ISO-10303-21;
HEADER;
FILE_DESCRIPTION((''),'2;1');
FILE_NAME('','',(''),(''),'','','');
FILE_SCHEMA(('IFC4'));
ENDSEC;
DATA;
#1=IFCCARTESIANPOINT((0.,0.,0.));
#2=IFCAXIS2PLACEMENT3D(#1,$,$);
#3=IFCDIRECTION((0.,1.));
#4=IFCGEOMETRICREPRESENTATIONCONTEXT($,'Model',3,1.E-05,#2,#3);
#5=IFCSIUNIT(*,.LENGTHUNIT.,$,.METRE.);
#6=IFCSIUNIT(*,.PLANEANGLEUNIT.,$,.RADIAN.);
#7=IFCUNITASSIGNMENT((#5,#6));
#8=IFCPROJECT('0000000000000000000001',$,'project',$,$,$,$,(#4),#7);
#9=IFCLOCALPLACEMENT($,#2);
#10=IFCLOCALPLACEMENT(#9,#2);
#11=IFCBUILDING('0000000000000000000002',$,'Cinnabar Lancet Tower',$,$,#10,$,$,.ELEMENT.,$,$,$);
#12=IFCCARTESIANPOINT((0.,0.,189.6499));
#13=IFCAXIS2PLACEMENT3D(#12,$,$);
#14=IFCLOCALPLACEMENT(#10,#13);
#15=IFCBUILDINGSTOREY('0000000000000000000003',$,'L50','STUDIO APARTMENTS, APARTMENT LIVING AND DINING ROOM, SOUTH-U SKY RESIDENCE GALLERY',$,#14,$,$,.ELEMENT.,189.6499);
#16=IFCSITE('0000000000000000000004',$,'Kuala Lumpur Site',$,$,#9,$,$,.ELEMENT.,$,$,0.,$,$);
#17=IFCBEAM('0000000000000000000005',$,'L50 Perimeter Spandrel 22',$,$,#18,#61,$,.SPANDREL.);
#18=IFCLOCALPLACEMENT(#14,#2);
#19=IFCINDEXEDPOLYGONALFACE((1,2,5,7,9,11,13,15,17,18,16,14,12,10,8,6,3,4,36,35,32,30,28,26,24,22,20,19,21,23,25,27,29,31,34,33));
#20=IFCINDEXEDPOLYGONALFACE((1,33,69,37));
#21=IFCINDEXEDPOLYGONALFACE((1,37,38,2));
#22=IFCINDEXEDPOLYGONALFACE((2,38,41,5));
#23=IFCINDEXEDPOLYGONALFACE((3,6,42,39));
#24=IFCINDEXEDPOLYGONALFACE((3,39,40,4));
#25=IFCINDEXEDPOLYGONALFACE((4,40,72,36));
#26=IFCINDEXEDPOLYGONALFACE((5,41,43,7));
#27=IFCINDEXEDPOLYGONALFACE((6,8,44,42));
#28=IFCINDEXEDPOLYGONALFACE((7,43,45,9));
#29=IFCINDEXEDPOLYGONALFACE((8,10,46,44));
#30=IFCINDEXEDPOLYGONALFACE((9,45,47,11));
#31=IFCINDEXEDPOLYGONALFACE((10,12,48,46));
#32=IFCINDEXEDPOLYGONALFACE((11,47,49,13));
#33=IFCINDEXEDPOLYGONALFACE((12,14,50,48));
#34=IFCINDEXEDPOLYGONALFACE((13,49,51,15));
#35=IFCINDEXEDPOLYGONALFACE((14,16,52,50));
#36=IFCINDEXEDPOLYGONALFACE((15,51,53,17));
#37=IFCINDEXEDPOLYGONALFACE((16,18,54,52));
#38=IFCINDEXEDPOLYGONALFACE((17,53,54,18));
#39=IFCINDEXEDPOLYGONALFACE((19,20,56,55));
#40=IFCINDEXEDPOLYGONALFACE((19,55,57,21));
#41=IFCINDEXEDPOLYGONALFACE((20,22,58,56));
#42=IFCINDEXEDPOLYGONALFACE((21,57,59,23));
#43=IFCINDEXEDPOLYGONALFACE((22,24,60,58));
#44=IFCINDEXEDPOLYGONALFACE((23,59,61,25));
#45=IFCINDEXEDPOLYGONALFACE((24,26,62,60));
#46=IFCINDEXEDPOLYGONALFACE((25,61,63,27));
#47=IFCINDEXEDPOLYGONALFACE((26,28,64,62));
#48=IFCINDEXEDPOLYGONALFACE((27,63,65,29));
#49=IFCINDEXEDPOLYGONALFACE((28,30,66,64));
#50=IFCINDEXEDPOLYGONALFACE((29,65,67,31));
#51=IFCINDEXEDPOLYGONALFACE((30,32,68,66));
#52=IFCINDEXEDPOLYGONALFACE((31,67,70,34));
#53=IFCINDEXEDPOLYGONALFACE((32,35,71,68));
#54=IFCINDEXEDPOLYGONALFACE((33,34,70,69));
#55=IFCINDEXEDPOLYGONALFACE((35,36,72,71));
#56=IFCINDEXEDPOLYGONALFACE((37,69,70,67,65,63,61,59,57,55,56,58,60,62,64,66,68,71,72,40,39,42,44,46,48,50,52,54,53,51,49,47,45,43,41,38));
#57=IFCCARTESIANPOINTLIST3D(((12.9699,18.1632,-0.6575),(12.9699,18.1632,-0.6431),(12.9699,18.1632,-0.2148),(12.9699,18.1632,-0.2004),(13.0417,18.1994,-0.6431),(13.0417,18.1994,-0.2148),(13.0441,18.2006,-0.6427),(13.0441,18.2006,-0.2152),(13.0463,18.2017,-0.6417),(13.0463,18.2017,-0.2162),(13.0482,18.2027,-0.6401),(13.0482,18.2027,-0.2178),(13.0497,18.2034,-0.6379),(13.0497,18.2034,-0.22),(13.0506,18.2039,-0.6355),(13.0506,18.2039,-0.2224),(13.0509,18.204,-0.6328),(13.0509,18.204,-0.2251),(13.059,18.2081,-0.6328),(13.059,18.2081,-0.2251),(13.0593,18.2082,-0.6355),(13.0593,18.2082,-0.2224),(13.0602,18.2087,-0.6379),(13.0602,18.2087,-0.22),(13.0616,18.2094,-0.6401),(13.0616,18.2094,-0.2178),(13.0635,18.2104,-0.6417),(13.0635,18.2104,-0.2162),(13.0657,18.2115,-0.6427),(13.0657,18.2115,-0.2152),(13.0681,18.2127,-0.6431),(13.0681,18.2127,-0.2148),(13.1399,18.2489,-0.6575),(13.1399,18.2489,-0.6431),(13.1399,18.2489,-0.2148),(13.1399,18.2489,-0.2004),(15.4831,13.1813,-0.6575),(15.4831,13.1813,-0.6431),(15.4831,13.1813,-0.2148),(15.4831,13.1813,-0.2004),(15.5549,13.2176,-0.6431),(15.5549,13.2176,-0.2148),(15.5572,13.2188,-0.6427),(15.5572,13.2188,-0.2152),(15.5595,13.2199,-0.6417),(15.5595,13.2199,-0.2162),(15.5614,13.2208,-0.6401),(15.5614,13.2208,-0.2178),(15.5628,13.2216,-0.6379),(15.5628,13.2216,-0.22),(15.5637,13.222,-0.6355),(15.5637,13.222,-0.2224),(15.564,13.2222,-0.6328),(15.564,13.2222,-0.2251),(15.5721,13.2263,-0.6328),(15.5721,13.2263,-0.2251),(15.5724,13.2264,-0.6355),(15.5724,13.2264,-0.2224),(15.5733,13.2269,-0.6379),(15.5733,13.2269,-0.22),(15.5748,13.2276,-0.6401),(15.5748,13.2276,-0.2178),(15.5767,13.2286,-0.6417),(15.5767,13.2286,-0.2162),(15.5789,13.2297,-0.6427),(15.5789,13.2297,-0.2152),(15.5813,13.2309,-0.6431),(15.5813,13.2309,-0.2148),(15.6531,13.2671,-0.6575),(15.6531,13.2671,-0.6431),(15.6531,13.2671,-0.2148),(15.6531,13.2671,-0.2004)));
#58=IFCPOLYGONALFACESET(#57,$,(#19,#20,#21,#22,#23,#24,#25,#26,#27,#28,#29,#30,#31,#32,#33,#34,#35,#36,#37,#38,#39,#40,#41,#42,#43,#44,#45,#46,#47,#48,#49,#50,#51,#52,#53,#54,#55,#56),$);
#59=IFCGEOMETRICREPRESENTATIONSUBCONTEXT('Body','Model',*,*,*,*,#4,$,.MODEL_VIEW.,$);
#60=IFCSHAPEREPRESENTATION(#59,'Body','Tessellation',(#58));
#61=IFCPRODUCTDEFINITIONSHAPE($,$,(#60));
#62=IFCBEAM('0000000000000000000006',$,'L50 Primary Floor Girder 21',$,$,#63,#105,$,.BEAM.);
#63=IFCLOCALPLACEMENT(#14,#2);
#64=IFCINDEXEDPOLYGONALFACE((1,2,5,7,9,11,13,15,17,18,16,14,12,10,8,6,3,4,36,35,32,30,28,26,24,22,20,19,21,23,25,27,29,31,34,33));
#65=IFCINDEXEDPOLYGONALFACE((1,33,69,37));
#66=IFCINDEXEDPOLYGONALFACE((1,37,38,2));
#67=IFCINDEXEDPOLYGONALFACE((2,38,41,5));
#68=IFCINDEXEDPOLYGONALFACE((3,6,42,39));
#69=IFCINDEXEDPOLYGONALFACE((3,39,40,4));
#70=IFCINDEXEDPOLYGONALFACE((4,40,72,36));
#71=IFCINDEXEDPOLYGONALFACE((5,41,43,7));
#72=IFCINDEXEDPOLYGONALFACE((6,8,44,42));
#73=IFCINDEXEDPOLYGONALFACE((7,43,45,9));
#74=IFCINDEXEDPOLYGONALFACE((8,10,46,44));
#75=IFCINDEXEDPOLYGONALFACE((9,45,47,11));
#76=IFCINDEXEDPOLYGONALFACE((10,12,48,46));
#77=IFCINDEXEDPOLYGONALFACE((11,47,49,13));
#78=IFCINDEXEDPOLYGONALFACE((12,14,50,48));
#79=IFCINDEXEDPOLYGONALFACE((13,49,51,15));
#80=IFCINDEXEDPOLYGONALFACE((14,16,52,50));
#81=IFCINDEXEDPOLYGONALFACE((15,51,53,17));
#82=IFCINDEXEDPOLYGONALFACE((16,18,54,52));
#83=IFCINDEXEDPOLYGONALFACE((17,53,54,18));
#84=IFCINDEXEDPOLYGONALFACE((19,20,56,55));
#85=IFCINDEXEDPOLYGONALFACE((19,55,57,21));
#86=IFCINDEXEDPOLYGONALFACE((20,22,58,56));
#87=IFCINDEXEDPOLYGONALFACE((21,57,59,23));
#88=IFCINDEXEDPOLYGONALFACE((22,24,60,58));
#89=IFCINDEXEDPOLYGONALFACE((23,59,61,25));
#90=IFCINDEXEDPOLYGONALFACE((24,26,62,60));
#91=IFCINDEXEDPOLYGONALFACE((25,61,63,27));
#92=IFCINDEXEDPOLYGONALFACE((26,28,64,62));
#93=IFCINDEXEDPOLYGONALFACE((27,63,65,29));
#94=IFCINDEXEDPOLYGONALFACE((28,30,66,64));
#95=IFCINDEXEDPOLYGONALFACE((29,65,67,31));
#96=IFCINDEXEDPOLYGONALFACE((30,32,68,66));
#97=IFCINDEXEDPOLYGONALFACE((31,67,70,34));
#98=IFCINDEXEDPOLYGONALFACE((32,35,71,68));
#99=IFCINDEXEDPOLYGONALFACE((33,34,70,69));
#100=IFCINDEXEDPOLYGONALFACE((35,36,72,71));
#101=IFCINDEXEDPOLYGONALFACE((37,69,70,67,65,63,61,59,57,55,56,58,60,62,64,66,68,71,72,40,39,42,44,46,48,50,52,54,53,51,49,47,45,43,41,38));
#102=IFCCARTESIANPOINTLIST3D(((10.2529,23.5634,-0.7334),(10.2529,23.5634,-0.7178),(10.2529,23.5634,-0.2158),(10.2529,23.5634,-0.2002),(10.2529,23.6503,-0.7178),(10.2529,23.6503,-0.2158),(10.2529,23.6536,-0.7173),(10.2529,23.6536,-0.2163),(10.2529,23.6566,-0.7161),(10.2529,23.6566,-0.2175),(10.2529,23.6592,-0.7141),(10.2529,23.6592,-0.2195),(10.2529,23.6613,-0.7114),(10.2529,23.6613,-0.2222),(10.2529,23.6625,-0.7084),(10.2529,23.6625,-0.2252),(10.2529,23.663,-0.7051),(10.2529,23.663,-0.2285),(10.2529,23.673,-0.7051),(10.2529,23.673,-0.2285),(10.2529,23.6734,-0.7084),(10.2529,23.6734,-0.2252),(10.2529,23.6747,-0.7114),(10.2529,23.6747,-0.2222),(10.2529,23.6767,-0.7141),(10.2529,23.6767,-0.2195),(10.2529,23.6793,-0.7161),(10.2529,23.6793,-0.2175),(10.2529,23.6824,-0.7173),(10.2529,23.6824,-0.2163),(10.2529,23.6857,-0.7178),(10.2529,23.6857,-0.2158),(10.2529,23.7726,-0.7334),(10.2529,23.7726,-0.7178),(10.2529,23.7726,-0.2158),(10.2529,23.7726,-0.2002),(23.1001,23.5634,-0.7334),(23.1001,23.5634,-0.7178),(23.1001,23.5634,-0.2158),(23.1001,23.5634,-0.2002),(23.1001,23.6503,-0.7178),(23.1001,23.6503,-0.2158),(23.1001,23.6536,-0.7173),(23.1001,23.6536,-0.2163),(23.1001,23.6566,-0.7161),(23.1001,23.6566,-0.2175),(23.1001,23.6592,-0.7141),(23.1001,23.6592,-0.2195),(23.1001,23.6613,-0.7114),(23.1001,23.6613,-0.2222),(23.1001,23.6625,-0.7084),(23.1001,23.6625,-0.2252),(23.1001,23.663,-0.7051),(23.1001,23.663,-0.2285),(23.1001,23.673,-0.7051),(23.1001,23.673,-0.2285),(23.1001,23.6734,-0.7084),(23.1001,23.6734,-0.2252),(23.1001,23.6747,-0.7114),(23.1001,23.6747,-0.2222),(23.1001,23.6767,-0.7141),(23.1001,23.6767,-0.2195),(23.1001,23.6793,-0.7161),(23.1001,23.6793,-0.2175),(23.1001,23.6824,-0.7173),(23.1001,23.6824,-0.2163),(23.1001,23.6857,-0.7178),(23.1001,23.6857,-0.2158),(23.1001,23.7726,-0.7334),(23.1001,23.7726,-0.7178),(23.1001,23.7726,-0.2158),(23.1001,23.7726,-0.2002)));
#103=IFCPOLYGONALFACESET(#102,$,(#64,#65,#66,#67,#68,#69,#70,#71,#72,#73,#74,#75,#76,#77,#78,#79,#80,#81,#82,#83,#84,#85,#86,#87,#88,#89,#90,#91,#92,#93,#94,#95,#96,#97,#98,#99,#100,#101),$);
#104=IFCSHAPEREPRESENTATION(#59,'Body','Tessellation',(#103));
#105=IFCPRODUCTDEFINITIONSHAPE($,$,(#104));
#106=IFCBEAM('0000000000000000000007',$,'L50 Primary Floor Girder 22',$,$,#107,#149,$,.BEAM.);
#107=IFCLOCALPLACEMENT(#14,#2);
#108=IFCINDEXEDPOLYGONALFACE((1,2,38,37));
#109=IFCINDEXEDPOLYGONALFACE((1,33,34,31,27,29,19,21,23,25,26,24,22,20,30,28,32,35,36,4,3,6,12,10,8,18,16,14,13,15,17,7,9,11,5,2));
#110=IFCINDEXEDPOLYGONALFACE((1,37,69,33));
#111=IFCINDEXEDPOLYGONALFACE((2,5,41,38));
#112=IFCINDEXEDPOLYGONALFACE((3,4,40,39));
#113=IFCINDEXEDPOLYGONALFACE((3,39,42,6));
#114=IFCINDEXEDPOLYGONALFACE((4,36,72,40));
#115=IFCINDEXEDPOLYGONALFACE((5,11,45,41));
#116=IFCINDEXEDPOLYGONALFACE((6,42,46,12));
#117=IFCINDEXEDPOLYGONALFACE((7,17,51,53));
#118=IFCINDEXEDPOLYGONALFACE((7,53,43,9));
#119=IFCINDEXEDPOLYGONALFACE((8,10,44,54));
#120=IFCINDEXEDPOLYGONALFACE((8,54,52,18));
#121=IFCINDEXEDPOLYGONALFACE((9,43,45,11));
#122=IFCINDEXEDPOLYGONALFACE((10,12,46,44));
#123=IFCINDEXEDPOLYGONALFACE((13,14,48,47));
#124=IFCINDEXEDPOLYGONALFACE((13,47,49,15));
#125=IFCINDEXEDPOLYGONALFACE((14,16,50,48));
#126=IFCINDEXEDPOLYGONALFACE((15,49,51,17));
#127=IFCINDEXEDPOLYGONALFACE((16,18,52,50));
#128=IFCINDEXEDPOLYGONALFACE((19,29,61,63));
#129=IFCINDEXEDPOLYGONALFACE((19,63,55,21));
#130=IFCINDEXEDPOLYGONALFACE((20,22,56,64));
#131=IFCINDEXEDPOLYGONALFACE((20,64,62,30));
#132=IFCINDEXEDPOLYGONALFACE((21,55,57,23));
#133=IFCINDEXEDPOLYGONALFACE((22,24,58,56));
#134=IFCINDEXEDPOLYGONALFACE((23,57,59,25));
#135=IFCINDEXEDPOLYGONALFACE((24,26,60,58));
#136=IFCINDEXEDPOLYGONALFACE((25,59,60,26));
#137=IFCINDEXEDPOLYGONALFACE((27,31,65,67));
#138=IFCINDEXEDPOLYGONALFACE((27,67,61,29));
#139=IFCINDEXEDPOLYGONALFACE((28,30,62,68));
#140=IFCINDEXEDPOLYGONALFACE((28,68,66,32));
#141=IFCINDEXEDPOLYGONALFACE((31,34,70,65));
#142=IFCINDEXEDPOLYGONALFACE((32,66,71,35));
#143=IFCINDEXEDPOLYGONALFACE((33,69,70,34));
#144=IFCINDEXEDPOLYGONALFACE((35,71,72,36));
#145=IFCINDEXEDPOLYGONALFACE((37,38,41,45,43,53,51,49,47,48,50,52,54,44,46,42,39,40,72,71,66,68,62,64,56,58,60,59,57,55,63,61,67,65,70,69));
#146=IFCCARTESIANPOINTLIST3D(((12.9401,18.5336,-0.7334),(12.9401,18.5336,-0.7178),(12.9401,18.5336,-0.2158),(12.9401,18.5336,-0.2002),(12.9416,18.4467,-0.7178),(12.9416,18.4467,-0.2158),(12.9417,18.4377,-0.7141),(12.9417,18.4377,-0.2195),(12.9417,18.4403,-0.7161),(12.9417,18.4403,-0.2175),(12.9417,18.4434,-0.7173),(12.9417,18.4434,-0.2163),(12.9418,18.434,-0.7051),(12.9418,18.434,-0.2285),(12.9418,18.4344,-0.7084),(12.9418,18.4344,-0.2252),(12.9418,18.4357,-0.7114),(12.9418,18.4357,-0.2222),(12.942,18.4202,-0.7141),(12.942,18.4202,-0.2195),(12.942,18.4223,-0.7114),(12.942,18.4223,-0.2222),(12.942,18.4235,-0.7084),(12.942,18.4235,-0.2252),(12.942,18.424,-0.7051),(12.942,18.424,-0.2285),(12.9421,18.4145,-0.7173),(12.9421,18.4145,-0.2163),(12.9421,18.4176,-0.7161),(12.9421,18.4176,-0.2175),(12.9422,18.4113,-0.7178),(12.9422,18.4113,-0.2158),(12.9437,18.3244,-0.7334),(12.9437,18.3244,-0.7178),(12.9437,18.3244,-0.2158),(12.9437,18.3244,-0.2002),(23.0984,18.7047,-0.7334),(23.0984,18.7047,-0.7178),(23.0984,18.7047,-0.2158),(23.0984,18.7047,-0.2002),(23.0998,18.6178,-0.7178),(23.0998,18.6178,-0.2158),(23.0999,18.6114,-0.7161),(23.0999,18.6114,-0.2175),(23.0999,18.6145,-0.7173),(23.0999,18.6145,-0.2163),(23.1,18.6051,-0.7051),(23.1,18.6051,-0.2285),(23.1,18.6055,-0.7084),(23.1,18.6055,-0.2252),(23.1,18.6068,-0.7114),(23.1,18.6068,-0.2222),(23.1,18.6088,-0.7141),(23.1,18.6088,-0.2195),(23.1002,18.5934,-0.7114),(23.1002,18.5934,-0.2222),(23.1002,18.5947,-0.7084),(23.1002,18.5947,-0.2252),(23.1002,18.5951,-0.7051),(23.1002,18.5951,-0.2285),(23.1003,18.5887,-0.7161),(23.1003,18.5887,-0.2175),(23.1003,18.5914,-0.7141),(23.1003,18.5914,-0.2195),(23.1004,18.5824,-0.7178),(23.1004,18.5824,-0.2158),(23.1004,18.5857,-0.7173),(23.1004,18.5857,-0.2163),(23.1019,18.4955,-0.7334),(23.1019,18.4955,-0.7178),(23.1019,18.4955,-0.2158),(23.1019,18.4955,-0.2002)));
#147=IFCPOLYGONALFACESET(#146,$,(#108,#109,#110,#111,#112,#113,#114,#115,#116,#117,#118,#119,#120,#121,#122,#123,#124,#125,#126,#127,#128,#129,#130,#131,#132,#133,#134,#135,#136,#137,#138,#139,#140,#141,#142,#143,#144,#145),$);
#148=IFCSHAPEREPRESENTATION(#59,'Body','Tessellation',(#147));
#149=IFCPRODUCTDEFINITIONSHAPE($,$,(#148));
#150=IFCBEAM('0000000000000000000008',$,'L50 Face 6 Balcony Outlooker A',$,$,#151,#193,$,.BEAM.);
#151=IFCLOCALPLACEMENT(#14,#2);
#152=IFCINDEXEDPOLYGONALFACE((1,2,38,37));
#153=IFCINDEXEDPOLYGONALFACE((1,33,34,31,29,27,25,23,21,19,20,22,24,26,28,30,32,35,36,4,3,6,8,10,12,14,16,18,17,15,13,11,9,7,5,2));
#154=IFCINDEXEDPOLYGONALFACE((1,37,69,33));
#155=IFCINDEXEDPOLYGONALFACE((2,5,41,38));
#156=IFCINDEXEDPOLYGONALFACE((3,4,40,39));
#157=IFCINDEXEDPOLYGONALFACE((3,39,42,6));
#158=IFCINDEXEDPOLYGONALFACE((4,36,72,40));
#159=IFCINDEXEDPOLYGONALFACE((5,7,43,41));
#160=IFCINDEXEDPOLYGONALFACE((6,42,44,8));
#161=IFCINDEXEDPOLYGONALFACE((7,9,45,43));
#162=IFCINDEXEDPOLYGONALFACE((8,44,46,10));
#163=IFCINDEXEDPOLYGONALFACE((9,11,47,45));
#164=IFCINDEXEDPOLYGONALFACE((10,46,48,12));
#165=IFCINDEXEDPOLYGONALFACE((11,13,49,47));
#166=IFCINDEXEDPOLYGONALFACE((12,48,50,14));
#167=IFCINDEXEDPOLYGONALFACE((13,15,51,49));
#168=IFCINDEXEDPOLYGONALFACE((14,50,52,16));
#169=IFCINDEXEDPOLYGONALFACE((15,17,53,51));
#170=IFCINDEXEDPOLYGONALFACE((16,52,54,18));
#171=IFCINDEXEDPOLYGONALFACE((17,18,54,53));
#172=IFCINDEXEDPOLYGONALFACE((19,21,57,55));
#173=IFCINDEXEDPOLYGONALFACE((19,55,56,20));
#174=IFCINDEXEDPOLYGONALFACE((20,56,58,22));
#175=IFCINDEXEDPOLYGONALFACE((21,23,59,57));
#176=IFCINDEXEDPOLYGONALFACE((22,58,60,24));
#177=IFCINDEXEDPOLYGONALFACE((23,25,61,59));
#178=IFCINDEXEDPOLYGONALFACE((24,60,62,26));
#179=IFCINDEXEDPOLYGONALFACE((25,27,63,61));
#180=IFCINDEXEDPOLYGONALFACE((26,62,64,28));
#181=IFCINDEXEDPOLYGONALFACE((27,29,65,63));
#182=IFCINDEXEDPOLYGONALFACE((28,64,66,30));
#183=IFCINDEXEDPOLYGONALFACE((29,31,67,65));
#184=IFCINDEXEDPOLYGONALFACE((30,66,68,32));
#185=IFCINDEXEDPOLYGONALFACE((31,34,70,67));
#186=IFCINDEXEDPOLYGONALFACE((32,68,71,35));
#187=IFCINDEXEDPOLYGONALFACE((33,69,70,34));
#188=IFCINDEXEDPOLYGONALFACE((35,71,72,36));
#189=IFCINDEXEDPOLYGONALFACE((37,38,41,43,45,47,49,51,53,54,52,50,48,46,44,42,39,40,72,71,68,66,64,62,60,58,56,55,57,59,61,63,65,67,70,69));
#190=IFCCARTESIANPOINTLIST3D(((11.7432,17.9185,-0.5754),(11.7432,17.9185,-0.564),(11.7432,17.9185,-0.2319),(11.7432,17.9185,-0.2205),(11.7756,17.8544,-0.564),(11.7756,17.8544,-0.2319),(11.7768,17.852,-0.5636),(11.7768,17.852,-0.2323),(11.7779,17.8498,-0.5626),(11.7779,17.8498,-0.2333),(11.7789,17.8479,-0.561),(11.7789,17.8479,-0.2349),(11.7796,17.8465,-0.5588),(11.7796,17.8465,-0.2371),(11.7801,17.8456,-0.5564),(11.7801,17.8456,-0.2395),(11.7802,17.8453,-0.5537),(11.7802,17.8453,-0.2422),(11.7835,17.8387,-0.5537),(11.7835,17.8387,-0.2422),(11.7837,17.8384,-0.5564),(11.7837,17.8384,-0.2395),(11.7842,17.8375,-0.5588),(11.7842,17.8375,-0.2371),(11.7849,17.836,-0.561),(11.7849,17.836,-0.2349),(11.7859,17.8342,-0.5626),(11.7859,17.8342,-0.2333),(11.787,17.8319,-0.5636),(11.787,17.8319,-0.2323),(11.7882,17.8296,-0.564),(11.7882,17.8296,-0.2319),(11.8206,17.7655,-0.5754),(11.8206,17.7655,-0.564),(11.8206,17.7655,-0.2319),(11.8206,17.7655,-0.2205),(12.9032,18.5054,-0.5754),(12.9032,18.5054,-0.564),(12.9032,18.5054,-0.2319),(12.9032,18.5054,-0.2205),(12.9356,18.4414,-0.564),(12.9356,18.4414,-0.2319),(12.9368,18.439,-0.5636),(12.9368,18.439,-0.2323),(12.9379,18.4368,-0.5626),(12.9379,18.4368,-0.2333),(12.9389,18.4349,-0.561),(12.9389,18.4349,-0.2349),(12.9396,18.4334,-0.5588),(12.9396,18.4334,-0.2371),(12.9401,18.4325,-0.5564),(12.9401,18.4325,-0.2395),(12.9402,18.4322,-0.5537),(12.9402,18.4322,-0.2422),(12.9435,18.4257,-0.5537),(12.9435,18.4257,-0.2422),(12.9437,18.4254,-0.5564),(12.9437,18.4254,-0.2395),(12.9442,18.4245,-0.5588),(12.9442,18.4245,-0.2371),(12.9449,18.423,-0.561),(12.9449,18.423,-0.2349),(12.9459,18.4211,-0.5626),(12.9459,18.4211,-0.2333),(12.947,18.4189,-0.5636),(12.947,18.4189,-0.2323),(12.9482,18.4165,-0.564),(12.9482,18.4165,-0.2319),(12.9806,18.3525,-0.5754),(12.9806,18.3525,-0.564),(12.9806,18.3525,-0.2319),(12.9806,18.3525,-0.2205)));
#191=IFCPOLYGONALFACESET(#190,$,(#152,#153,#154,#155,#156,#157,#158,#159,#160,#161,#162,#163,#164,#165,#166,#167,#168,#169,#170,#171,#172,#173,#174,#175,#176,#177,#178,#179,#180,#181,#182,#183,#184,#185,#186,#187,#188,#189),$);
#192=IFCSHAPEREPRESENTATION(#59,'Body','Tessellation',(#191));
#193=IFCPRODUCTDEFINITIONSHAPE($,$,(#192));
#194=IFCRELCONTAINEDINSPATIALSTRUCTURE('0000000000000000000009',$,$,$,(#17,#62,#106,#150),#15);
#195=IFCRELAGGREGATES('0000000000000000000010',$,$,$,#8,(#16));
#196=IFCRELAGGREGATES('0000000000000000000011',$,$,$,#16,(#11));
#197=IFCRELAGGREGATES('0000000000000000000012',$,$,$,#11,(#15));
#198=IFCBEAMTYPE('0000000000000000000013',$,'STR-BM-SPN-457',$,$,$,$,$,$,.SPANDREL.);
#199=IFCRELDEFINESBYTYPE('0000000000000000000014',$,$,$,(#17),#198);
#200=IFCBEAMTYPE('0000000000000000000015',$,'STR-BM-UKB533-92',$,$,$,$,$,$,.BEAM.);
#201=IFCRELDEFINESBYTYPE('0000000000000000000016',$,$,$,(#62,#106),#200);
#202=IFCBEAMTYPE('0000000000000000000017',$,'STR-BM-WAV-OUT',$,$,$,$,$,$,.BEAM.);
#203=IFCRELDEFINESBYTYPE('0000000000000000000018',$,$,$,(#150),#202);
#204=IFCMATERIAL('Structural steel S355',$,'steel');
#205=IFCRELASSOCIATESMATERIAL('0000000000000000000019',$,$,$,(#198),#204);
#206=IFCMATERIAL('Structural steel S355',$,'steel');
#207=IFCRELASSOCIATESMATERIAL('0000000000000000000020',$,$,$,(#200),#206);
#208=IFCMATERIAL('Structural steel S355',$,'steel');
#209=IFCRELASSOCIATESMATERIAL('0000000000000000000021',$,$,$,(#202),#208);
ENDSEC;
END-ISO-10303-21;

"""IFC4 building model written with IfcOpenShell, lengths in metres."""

from ifc_helpers import new_model, si_unit, direction, frame, origin, origin_2d, place, context, subcontext, project, spatial, i_section, extrude, material, material_profile, profile_set, type_object, element, save


model = new_model("IFC4")

# Units and contexts
model_context = context("Model", 3, precision=1e-05, world=origin(), true_north=direction((0.0, 1.0)))
body_context = subcontext(model_context, "Body", "Model", "MODEL_VIEW")
ifc_project = project(units=[si_unit("LENGTHUNIT", "METRE"), si_unit("PLANEANGLEUNIT", "RADIAN")], contexts=[model_context])

# Site, building, storey
site_placement = place(None, origin())
site = spatial("IfcSite", under=ifc_project, at=site_placement, Name="Kuala Lumpur Site", CompositionType="ELEMENT", RefElevation=0.0)
building_placement = place(site_placement, origin())
building = spatial("IfcBuilding", under=site, at=building_placement, Name="Cinnabar Lancet Tower", CompositionType="ELEMENT")
storey_placement = place(building_placement, frame((0.0, 0.0, 189.6499)))
storey = spatial("IfcBuildingStorey", under=building, at=storey_placement, Name="L50", Description="STUDIO APARTMENTS, APARTMENT LIVING AND DINING ROOM, SOUTH-U SKY RESIDENCE GALLERY", CompositionType="ELEMENT", Elevation=189.6499)

# Beams
ifc_material_1 = material(Name="Structural steel S355", Category="steel")
ifc_material_profile_1 = material_profile(ifc_material_1, i_section(OverallWidth=0.1904, OverallDepth=0.457, WebThickness=0.009, FlangeThickness=0.0144, FilletRadius=0.0103, at=origin_2d()), Name="UKB 457x191x74")
ifc_profile_set_1 = profile_set([ifc_material_profile_1], Name="Structural steel S355")
beam_type_1 = type_object("IfcBeamType", Name="STR-BM-SPN-457", PredefinedType="SPANDREL", material=ifc_profile_set_1)
beam_1_placement = place(storey_placement, frame((13.0549, 18.2061, -0.429), z_axis=(0.450396, -0.892829, 0.0), x_axis=(0.892829, 0.450396, 0.0)))
element("IfcBeam", 1, at=beam_1_placement, inside=storey, type_object=beam_type_1, Name="L50 Perimeter Spandrel 22", PredefinedType="SPANDREL", context=body_context, shape_type="SweptSolid", body=[
    extrude(i_section(OverallWidth=0.1904, OverallDepth=0.457, WebThickness=0.009, FlangeThickness=0.0144, FilletRadius=0.0103, at=origin_2d()), origin(), (0.0, 0.0, 1.0), 5.5798),
])
ifc_material_2 = material(Name="Structural steel S355", Category="steel")
ifc_material_profile_2 = material_profile(ifc_material_2, i_section(OverallWidth=0.2092, OverallDepth=0.5332, WebThickness=0.01, FlangeThickness=0.0156, FilletRadius=0.0127, at=origin_2d()), Name="UKB 533x210x92")
ifc_profile_set_2 = profile_set([ifc_material_profile_2], Name="Structural steel S355")
beam_type_2 = type_object("IfcBeamType", Name="STR-BM-UKB533-92", PredefinedType="BEAM", material=ifc_profile_set_2)
beam_2_placement = place(storey_placement, frame((10.2529, 23.668, -0.4668), z_axis=(1.0, 0.0, 0.0), x_axis=(0.0, 1.0, 0.0)))
element("IfcBeam", 2, at=beam_2_placement, inside=storey, type_object=beam_type_2, Name="L50 Primary Floor Girder 21", PredefinedType="BEAM", context=body_context, shape_type="SweptSolid", body=[
    extrude(i_section(OverallWidth=0.2092, OverallDepth=0.5332, WebThickness=0.01, FlangeThickness=0.0156, FilletRadius=0.0127, at=origin_2d()), origin(), (0.0, 0.0, 1.0), 12.8472),
])
beam_3_placement = place(storey_placement, frame((12.9419, 18.429, -0.4668), z_axis=(0.999858, 0.016845, 0.0), x_axis=(-0.016845, 0.999858, 0.0)))
element("IfcBeam", 3, at=beam_3_placement, inside=storey, type_object=beam_type_2, Name="L50 Primary Floor Girder 22", PredefinedType="BEAM", context=body_context, shape_type="SweptSolid", body=[
    extrude(i_section(OverallWidth=0.2092, OverallDepth=0.5332, WebThickness=0.01, FlangeThickness=0.0156, FilletRadius=0.0127, at=origin_2d()), origin(), (0.0, 0.0, 1.0), 10.1597),
])
ifc_material_3 = material(Name="Structural steel S355", Category="steel")
ifc_material_profile_3 = material_profile(ifc_material_3, i_section(OverallWidth=0.1714, OverallDepth=0.355, WebThickness=0.0073, FlangeThickness=0.0115, FilletRadius=0.0103, at=origin_2d()), Name="UKB 356x171x51")
ifc_profile_set_3 = profile_set([ifc_material_profile_3], Name="Structural steel S355")
beam_type_3 = type_object("IfcBeamType", Name="STR-BM-WAV-OUT", PredefinedType="BEAM", material=ifc_profile_set_3)
beam_4_placement = place(storey_placement, frame((12.9419, 18.429, -0.3979), z_axis=(-0.892276, -0.45149, 0.0), x_axis=(0.45149, -0.892276, 0.0)))
element("IfcBeam", 4, at=beam_4_placement, inside=storey, type_object=beam_type_3, Name="L50 Face 6 Balcony Outlooker A", PredefinedType="BEAM", context=body_context, shape_type="SweptSolid", body=[
    extrude(i_section(OverallWidth=0.1714, OverallDepth=0.355, WebThickness=0.0073, FlangeThickness=0.0115, FilletRadius=0.0103, at=origin_2d()), origin(), (0.0, 0.0, 1.0), 1.3),
])

save(model, "model.ifc")
